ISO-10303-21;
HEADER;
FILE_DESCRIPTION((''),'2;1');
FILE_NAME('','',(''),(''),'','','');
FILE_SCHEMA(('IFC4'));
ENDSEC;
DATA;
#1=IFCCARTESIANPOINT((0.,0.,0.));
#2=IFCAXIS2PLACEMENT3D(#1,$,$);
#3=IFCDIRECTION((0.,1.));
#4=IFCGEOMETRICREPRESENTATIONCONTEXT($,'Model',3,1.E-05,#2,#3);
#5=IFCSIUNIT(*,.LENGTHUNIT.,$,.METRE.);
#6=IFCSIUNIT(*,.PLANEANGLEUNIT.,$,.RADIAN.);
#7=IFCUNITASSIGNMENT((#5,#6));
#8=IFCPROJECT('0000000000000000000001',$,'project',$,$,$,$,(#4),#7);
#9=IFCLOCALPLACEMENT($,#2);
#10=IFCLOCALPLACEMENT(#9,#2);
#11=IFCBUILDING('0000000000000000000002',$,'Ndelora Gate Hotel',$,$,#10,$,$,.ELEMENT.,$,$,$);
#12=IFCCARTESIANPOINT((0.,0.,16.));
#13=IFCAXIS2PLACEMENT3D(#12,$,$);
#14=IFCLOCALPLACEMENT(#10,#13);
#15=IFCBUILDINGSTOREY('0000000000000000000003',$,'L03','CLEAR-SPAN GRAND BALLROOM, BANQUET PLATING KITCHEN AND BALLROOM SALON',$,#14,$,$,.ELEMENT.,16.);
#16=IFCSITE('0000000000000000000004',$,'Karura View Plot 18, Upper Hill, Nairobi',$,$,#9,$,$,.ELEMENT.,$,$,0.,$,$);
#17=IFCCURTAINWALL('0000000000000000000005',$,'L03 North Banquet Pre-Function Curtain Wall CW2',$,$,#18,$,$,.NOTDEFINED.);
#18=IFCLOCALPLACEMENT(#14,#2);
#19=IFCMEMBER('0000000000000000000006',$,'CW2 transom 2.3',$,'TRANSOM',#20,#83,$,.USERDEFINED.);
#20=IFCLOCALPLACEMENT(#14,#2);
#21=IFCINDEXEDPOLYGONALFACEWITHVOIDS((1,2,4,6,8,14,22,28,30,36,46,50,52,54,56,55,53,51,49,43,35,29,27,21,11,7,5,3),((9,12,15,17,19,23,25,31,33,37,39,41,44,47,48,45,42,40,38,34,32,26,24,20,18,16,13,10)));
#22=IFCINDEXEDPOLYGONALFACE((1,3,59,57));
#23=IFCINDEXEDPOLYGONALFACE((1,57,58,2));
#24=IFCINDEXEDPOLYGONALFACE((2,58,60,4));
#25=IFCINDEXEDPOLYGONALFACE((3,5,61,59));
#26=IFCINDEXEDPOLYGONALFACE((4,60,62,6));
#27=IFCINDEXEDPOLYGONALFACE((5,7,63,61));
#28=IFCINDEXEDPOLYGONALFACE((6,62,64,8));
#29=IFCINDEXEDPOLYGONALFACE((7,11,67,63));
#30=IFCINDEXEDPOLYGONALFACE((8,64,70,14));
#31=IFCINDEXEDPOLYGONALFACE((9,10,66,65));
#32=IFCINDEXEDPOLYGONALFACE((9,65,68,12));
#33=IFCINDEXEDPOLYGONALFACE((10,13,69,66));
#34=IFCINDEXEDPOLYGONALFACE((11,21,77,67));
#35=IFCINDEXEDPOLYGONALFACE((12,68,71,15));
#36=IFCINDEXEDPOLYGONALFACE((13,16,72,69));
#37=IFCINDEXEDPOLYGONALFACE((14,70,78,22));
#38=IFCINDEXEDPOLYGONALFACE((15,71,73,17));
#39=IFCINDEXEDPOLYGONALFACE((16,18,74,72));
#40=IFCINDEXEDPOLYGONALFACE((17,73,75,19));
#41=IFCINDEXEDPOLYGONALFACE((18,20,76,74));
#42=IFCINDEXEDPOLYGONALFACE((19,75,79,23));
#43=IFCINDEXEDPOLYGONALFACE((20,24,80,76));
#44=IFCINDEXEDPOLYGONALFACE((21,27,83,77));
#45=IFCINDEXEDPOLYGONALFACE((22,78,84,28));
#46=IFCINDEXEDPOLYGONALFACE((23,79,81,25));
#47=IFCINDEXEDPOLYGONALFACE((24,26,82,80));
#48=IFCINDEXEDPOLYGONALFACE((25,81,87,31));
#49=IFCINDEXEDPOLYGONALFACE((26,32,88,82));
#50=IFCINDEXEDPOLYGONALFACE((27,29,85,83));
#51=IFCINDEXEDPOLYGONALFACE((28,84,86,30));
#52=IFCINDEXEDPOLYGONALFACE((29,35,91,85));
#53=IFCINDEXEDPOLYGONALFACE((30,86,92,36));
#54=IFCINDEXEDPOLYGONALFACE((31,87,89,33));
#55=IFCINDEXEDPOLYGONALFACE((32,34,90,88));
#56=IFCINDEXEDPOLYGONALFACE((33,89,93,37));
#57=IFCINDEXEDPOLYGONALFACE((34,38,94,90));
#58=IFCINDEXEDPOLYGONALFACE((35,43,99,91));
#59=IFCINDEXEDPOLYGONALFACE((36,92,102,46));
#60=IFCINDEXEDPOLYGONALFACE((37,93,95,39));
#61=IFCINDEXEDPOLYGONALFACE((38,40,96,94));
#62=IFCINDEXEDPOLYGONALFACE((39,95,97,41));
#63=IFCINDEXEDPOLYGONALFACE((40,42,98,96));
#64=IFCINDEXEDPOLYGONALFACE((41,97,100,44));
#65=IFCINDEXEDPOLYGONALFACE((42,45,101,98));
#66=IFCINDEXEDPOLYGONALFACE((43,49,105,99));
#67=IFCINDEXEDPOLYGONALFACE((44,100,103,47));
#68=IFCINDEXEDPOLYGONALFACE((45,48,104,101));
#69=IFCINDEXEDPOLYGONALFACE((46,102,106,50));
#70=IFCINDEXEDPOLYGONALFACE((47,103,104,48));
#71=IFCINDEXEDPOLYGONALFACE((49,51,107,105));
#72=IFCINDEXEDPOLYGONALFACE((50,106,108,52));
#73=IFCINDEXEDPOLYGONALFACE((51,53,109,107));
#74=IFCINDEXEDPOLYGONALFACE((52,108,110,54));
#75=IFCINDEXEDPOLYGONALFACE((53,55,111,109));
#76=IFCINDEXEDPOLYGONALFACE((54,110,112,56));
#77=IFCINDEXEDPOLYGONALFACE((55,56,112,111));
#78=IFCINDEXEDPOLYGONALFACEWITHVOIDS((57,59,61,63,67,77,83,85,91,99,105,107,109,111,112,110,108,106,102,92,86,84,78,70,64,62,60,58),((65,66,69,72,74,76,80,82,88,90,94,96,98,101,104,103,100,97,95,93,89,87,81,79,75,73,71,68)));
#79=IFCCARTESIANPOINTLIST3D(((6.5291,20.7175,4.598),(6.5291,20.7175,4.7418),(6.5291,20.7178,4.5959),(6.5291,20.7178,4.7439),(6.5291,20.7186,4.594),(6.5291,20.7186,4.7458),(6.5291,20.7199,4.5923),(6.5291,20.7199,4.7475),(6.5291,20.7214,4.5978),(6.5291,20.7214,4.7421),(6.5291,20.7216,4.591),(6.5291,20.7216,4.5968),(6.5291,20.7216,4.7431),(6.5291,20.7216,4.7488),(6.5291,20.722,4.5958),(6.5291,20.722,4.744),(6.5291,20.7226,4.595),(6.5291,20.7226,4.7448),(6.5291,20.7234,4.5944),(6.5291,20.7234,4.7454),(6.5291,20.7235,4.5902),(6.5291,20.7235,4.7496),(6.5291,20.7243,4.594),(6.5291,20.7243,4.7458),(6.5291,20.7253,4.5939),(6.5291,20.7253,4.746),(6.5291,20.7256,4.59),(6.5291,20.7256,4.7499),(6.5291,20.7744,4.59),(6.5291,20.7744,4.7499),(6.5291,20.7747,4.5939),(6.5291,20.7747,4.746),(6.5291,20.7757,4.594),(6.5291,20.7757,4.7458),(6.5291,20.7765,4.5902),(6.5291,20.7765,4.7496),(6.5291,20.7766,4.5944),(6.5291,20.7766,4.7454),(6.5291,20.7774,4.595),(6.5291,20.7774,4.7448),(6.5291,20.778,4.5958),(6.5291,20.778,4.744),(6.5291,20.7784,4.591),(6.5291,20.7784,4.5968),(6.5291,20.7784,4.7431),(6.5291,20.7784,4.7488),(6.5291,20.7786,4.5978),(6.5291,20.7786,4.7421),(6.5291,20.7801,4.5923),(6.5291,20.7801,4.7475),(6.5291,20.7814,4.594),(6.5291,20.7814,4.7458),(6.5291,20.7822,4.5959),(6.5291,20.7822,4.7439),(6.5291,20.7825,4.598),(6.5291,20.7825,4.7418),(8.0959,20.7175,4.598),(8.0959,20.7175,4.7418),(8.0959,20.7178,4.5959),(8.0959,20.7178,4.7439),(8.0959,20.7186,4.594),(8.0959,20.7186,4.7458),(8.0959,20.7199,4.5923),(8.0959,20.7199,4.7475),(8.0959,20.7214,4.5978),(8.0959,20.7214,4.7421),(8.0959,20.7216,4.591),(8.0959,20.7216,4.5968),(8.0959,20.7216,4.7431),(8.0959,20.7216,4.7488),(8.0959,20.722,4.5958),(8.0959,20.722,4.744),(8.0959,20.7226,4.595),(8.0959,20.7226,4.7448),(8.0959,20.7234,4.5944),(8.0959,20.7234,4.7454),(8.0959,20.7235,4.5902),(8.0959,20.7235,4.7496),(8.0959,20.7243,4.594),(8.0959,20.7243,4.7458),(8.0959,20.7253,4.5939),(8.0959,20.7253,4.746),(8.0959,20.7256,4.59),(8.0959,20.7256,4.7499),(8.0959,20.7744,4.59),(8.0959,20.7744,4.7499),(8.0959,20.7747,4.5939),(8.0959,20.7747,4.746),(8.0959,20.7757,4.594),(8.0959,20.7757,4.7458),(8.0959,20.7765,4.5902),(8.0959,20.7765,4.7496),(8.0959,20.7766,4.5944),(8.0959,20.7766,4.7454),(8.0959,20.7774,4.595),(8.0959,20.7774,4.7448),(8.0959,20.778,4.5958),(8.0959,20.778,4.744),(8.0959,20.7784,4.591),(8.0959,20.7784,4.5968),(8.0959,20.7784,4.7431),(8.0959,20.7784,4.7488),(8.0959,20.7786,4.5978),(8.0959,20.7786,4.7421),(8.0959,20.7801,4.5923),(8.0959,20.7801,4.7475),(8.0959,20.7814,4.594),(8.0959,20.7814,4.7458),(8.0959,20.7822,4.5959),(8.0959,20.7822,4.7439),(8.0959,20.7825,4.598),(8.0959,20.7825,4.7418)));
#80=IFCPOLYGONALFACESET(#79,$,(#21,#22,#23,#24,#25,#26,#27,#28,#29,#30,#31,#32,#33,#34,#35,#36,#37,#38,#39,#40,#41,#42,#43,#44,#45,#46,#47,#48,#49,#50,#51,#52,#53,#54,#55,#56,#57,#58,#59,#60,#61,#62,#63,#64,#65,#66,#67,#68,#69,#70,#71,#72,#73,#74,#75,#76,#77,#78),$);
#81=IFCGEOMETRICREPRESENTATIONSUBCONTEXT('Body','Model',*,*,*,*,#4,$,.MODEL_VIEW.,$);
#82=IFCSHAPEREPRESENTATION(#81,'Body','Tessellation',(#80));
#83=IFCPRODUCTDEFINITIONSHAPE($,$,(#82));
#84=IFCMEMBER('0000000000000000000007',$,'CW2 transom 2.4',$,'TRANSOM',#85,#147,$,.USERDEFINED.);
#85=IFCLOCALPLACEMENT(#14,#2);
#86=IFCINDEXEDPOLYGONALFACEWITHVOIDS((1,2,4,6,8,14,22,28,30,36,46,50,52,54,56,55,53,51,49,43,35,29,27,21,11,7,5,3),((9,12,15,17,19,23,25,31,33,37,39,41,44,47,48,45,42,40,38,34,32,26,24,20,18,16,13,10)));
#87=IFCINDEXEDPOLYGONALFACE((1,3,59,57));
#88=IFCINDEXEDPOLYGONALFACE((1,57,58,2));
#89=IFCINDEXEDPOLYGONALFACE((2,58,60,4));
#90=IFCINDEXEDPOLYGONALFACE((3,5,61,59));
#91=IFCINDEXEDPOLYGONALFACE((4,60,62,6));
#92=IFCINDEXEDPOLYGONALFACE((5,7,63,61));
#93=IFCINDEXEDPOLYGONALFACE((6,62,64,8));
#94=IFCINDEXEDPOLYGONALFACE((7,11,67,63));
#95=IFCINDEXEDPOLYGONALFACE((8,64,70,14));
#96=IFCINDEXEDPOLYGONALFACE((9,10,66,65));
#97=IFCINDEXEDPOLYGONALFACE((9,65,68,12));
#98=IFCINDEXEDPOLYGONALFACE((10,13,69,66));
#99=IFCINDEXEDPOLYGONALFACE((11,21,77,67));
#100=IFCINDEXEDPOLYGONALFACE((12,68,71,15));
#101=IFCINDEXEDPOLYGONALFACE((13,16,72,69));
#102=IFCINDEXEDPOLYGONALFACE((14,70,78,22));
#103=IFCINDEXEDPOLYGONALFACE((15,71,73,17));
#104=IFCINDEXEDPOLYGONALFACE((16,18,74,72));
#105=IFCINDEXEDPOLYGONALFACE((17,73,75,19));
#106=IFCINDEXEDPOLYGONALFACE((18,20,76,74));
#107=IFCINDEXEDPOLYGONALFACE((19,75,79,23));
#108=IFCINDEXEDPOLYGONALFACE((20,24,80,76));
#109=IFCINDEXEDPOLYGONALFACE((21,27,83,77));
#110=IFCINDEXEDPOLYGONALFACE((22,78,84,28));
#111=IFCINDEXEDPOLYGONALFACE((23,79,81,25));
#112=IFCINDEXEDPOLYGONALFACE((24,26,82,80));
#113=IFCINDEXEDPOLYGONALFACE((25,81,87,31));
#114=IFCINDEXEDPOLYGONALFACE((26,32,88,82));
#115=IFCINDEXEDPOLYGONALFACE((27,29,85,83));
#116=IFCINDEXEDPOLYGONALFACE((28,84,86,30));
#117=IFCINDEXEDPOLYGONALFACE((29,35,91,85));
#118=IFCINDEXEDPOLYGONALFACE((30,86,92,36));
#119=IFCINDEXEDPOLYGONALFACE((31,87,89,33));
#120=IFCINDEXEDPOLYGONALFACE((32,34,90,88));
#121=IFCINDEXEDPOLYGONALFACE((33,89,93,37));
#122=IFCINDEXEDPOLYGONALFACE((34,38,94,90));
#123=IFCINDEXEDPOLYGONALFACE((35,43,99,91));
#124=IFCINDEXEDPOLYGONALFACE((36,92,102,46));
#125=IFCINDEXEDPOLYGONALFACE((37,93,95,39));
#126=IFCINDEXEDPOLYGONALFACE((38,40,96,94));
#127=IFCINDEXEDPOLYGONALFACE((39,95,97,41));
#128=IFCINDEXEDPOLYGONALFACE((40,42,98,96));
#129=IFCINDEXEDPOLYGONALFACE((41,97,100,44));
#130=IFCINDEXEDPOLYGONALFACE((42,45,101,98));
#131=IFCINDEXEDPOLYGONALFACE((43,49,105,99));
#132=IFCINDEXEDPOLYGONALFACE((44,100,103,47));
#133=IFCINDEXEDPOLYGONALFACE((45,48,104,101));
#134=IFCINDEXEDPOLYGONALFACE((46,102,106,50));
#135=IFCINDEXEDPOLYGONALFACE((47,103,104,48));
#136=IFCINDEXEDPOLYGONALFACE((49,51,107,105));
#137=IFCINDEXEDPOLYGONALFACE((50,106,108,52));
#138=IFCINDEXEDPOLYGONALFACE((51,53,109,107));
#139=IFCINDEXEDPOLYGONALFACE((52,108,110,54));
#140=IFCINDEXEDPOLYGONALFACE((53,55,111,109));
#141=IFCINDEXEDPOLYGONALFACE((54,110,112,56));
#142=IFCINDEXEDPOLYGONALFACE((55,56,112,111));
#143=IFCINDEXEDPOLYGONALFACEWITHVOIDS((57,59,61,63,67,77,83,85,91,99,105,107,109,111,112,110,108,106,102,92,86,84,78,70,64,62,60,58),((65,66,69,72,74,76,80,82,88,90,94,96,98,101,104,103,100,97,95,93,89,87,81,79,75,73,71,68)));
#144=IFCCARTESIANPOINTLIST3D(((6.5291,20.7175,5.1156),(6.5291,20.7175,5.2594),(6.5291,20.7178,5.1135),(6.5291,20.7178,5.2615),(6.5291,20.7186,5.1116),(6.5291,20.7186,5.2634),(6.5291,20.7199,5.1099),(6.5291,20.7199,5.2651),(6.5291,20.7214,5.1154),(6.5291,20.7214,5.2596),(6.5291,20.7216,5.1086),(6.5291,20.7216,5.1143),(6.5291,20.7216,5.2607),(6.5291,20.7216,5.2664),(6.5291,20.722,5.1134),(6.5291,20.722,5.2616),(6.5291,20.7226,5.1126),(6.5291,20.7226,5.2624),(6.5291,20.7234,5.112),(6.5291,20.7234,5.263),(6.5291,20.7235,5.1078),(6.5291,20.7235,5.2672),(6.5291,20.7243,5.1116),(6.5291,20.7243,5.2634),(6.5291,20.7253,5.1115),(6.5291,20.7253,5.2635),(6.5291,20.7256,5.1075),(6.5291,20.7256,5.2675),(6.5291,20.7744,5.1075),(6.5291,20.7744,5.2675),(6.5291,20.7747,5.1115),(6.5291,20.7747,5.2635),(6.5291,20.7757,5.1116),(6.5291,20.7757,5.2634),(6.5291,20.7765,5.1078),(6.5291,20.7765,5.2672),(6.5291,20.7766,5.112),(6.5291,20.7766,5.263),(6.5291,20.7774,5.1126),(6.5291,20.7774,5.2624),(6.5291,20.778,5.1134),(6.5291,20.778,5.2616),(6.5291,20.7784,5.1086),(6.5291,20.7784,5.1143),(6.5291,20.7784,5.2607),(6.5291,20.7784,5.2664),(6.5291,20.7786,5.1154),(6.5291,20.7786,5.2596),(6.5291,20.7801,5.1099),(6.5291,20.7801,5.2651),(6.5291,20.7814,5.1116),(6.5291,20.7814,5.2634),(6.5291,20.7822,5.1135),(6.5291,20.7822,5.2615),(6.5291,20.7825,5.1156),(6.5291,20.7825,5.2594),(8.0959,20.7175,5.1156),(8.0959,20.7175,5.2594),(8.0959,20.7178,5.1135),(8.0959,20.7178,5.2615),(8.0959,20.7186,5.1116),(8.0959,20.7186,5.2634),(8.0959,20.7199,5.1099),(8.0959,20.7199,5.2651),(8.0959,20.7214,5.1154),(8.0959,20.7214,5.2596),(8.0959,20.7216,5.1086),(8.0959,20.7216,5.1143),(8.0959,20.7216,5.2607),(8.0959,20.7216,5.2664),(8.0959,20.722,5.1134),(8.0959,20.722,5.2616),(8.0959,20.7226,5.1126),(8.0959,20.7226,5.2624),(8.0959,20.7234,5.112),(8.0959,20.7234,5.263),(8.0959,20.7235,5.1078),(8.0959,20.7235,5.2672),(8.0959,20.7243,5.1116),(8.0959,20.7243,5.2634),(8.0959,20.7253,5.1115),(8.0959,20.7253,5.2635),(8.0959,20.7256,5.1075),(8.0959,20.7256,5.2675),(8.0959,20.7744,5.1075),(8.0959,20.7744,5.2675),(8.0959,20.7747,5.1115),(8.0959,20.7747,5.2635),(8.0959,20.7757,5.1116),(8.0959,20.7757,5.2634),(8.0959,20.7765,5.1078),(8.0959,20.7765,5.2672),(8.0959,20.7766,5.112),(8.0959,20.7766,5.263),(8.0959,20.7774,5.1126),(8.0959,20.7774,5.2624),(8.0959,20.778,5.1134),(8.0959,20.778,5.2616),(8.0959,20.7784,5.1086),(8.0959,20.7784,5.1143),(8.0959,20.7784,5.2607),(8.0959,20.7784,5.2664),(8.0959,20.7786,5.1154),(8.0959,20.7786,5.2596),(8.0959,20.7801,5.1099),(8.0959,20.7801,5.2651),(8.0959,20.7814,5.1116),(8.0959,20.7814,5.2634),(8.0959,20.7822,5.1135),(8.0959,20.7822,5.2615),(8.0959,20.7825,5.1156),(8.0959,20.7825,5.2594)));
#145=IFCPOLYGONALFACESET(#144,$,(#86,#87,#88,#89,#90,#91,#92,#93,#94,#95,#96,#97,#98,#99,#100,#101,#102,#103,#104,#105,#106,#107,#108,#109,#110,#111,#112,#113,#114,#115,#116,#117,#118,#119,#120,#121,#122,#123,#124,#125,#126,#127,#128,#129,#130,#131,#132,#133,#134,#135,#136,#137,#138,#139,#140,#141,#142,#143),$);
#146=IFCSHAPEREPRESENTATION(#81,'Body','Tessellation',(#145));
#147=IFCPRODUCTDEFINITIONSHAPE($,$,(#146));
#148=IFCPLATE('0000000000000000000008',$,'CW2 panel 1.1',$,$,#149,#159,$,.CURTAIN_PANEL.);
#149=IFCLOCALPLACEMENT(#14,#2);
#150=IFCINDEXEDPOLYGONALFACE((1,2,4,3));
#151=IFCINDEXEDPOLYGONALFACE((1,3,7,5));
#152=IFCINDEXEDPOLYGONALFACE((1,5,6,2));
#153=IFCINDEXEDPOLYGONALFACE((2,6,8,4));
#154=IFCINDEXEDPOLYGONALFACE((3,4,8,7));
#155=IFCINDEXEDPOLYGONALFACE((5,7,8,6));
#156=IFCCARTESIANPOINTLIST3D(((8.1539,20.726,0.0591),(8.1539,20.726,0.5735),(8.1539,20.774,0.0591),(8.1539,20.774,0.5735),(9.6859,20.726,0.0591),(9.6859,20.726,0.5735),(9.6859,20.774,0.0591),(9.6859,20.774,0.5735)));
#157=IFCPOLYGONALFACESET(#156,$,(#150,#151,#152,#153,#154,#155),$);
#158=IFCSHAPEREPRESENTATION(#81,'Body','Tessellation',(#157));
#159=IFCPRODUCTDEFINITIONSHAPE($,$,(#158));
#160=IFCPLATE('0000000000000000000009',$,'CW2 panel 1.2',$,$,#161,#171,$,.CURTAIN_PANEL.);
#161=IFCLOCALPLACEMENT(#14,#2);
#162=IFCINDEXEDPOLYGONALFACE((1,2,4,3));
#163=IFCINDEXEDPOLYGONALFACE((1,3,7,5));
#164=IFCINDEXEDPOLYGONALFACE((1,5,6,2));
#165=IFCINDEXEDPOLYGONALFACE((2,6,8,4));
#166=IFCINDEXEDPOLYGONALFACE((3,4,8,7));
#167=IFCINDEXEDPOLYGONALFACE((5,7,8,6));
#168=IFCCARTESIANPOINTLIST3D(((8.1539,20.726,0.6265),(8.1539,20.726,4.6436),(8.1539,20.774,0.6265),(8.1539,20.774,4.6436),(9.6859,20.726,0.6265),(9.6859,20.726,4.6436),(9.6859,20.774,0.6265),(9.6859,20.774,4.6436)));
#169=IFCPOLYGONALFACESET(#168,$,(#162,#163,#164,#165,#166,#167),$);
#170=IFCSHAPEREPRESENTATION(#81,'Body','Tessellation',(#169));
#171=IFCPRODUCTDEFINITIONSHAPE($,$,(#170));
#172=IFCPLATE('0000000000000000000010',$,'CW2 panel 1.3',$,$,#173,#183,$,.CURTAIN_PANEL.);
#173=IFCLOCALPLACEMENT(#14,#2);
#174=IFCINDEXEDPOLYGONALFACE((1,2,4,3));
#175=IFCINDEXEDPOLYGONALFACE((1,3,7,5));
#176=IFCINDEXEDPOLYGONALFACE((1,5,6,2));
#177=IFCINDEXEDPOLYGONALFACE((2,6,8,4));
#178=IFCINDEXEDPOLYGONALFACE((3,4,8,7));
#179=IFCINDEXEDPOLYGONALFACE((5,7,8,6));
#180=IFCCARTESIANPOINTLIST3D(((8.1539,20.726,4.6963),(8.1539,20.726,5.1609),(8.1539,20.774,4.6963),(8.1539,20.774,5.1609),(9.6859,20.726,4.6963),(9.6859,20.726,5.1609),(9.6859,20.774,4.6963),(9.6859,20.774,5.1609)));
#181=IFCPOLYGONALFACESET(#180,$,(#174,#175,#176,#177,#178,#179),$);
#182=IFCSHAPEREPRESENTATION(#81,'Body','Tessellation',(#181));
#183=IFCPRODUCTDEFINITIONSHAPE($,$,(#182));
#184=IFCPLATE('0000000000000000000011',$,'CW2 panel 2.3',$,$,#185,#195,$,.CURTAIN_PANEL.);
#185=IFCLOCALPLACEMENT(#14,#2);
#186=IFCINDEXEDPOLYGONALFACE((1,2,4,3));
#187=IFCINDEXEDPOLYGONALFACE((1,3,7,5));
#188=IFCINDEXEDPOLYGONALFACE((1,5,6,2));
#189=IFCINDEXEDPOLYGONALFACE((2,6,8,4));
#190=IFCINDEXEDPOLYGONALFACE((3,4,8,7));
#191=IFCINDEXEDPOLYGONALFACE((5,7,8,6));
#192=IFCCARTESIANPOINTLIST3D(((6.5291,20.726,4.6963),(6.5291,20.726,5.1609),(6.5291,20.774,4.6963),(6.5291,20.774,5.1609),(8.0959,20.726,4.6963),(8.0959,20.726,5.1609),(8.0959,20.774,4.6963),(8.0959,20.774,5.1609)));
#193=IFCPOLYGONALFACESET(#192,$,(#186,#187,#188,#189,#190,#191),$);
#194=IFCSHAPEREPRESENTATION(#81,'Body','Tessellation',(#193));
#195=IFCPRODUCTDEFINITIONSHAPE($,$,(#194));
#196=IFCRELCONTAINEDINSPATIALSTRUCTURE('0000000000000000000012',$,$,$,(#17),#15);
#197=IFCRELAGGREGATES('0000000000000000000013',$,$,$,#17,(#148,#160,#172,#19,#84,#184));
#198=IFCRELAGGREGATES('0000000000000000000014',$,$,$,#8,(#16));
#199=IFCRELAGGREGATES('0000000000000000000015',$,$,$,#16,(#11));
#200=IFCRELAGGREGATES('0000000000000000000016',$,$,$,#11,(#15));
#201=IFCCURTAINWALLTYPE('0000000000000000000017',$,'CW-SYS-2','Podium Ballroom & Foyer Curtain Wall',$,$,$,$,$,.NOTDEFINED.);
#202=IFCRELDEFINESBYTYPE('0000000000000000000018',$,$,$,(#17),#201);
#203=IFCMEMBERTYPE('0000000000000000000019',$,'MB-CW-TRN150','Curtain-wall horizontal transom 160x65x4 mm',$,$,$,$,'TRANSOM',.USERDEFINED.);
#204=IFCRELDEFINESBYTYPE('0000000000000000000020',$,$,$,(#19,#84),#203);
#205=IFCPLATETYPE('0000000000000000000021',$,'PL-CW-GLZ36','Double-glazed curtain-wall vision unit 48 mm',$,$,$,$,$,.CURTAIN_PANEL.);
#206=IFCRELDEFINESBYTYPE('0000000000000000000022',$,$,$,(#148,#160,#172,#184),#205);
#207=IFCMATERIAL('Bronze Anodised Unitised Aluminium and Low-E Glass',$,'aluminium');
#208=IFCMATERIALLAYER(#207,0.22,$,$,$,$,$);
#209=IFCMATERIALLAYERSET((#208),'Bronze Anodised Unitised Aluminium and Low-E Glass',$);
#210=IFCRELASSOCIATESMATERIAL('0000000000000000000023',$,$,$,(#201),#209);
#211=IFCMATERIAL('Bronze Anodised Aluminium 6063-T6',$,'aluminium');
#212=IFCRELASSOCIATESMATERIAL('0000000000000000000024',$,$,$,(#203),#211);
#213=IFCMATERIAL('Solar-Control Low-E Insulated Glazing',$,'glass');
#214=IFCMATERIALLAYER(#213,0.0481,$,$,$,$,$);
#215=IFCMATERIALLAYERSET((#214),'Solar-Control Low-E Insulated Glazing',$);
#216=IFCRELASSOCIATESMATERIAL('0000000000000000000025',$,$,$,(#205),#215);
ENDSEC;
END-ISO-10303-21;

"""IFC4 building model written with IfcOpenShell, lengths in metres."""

from ifc_helpers import new_model, si_unit, direction, frame, origin, origin_2d, place, context, subcontext, project, spatial, rectangle, hollow_rectangle, extrude, material, layer, layer_set, material_profile, profile_set, type_object, element, aggregate, save


model = new_model("IFC4")

# Units and contexts
model_context = context("Model", 3, precision=1e-05, world=origin(), true_north=direction((0.0, 1.0)))
body_context = subcontext(model_context, "Body", "Model", "MODEL_VIEW")
ifc_project = project(units=[si_unit("LENGTHUNIT", "METRE"), si_unit("PLANEANGLEUNIT", "RADIAN")], contexts=[model_context])

# Site, building, storey
site_placement = place(None, origin())
site = spatial("IfcSite", under=ifc_project, at=site_placement, Name="Karura View Plot 18, Upper Hill, Nairobi", CompositionType="ELEMENT", RefElevation=0.0)
building_placement = place(site_placement, origin())
building = spatial("IfcBuilding", under=site, at=building_placement, Name="Ndelora Gate Hotel", CompositionType="ELEMENT")
storey_placement = place(building_placement, frame((0.0, 0.0, 16.0)))
storey = spatial("IfcBuildingStorey", under=building, at=storey_placement, Name="L03", Description="CLEAR-SPAN GRAND BALLROOM, BANQUET PLATING KITCHEN AND BALLROOM SALON", CompositionType="ELEMENT", Elevation=16.0)

# Curtain wall, members, plates
ifc_material_1 = material(Name="Bronze Anodised Unitised Aluminium and Low-E Glass", Category="aluminium")
ifc_layer_1 = layer(ifc_material_1, 0.22)
ifc_layer_set_1 = layer_set([ifc_layer_1], Name="Bronze Anodised Unitised Aluminium and Low-E Glass")
curtain_wall_type = type_object("IfcCurtainWallType", Name="CW-SYS-2", Description="Podium Ballroom & Foyer Curtain Wall", PredefinedType="NOTDEFINED", material=ifc_layer_set_1)
curtain_wall_placement = place(storey_placement, origin())
curtain_wall = element("IfcCurtainWall", 1, at=curtain_wall_placement, inside=storey, type_object=curtain_wall_type, Name="L03 North Banquet Pre-Function Curtain Wall CW2", PredefinedType="NOTDEFINED")
ifc_material_2 = material(Name="Bronze Anodised Aluminium 6063-T6", Category="aluminium")
ifc_material_profile_1 = material_profile(ifc_material_2, hollow_rectangle(XDim=0.0649, YDim=0.1599, WallThickness=0.0039, InnerFilletRadius=0.0039, OuterFilletRadius=0.0081, at=origin_2d()), Name="ALU 160x65x4")
ifc_profile_set_1 = profile_set([ifc_material_profile_1], Name="Bronze Anodised Aluminium 6063-T6")
member_type_1 = type_object("IfcMemberType", Name="MB-CW-TRN150", Description="Curtain-wall horizontal transom 160x65x4 mm", ElementType="TRANSOM", PredefinedType="USERDEFINED", material=ifc_profile_set_1)
member_1_placement = place(storey_placement, frame((8.0959, 20.75, 4.6699), z_axis=(-1.0, 0.0, 0.0), x_axis=(0.0, -1.0, 0.0)))
member_1 = element("IfcMember", 2, at=member_1_placement, type_object=member_type_1, Name="CW2 transom 2.3", ObjectType="TRANSOM", PredefinedType="USERDEFINED", context=body_context, shape_type="SweptSolid", body=[
    extrude(hollow_rectangle(XDim=0.0649, YDim=0.1599, WallThickness=0.0039, InnerFilletRadius=0.0039, OuterFilletRadius=0.0081, at=origin_2d()), origin(), (0.0, 0.0, 1.0), 1.5669),
])
member_2_placement = place(storey_placement, frame((8.0959, 20.75, 5.1875), z_axis=(-1.0, 0.0, 0.0), x_axis=(0.0, -1.0, 0.0)))
member_2 = element("IfcMember", 3, at=member_2_placement, type_object=member_type_1, Name="CW2 transom 2.4", ObjectType="TRANSOM", PredefinedType="USERDEFINED", context=body_context, shape_type="SweptSolid", body=[
    extrude(hollow_rectangle(XDim=0.0649, YDim=0.1599, WallThickness=0.0039, InnerFilletRadius=0.0039, OuterFilletRadius=0.0081, at=origin_2d()), origin(), (0.0, 0.0, 1.0), 1.5669),
])
ifc_material_3 = material(Name="Solar-Control Low-E Insulated Glazing", Category="glass")
ifc_layer_2 = layer(ifc_material_3, 0.0481)
ifc_layer_set_2 = layer_set([ifc_layer_2], Name="Solar-Control Low-E Insulated Glazing")
plate_type_1 = type_object("IfcPlateType", Name="PL-CW-GLZ36", Description="Double-glazed curtain-wall vision unit 48 mm", PredefinedType="CURTAIN_PANEL", material=ifc_layer_set_2)
plate_1_placement = place(storey_placement, frame((8.9199, 20.75, 0.0591), z_axis=(0.0, 0.0, 1.0), x_axis=(-1.0, 0.0, 0.0)))
plate_1 = element("IfcPlate", 4, at=plate_1_placement, type_object=plate_type_1, Name="CW2 panel 1.1", PredefinedType="CURTAIN_PANEL", context=body_context, shape_type="SweptSolid", body=[
    extrude(rectangle(XDim=1.532, YDim=0.0481, at=origin_2d()), origin(), (0.0, 0.0, 1.0), 0.5144),
])
plate_2_placement = place(storey_placement, frame((8.9199, 20.75, 0.6265), z_axis=(0.0, 0.0, 1.0), x_axis=(-1.0, 0.0, 0.0)))
plate_2 = element("IfcPlate", 5, at=plate_2_placement, type_object=plate_type_1, Name="CW2 panel 1.2", PredefinedType="CURTAIN_PANEL", context=body_context, shape_type="SweptSolid", body=[
    extrude(rectangle(XDim=1.532, YDim=0.0481, at=origin_2d()), origin(), (0.0, 0.0, 1.0), 4.0171),
])
plate_3_placement = place(storey_placement, frame((8.9199, 20.75, 4.6963), z_axis=(0.0, 0.0, 1.0), x_axis=(-1.0, 0.0, 0.0)))
plate_3 = element("IfcPlate", 6, at=plate_3_placement, type_object=plate_type_1, Name="CW2 panel 1.3", PredefinedType="CURTAIN_PANEL", context=body_context, shape_type="SweptSolid", body=[
    extrude(rectangle(XDim=1.532, YDim=0.0481, at=origin_2d()), origin(), (0.0, 0.0, 1.0), 0.4646),
])
plate_4_placement = place(storey_placement, frame((7.3125, 20.75, 4.6963), z_axis=(0.0, 0.0, 1.0), x_axis=(-1.0, 0.0, 0.0)))
plate_4 = element("IfcPlate", 7, at=plate_4_placement, type_object=plate_type_1, Name="CW2 panel 2.3", PredefinedType="CURTAIN_PANEL", context=body_context, shape_type="SweptSolid", body=[
    extrude(rectangle(XDim=1.5669, YDim=0.0481, at=origin_2d()), origin(), (0.0, 0.0, 1.0), 0.4646),
])
aggregate(curtain_wall, [plate_1, plate_2, plate_3, member_1, member_2, plate_4])

save(model, "model.ifc")
